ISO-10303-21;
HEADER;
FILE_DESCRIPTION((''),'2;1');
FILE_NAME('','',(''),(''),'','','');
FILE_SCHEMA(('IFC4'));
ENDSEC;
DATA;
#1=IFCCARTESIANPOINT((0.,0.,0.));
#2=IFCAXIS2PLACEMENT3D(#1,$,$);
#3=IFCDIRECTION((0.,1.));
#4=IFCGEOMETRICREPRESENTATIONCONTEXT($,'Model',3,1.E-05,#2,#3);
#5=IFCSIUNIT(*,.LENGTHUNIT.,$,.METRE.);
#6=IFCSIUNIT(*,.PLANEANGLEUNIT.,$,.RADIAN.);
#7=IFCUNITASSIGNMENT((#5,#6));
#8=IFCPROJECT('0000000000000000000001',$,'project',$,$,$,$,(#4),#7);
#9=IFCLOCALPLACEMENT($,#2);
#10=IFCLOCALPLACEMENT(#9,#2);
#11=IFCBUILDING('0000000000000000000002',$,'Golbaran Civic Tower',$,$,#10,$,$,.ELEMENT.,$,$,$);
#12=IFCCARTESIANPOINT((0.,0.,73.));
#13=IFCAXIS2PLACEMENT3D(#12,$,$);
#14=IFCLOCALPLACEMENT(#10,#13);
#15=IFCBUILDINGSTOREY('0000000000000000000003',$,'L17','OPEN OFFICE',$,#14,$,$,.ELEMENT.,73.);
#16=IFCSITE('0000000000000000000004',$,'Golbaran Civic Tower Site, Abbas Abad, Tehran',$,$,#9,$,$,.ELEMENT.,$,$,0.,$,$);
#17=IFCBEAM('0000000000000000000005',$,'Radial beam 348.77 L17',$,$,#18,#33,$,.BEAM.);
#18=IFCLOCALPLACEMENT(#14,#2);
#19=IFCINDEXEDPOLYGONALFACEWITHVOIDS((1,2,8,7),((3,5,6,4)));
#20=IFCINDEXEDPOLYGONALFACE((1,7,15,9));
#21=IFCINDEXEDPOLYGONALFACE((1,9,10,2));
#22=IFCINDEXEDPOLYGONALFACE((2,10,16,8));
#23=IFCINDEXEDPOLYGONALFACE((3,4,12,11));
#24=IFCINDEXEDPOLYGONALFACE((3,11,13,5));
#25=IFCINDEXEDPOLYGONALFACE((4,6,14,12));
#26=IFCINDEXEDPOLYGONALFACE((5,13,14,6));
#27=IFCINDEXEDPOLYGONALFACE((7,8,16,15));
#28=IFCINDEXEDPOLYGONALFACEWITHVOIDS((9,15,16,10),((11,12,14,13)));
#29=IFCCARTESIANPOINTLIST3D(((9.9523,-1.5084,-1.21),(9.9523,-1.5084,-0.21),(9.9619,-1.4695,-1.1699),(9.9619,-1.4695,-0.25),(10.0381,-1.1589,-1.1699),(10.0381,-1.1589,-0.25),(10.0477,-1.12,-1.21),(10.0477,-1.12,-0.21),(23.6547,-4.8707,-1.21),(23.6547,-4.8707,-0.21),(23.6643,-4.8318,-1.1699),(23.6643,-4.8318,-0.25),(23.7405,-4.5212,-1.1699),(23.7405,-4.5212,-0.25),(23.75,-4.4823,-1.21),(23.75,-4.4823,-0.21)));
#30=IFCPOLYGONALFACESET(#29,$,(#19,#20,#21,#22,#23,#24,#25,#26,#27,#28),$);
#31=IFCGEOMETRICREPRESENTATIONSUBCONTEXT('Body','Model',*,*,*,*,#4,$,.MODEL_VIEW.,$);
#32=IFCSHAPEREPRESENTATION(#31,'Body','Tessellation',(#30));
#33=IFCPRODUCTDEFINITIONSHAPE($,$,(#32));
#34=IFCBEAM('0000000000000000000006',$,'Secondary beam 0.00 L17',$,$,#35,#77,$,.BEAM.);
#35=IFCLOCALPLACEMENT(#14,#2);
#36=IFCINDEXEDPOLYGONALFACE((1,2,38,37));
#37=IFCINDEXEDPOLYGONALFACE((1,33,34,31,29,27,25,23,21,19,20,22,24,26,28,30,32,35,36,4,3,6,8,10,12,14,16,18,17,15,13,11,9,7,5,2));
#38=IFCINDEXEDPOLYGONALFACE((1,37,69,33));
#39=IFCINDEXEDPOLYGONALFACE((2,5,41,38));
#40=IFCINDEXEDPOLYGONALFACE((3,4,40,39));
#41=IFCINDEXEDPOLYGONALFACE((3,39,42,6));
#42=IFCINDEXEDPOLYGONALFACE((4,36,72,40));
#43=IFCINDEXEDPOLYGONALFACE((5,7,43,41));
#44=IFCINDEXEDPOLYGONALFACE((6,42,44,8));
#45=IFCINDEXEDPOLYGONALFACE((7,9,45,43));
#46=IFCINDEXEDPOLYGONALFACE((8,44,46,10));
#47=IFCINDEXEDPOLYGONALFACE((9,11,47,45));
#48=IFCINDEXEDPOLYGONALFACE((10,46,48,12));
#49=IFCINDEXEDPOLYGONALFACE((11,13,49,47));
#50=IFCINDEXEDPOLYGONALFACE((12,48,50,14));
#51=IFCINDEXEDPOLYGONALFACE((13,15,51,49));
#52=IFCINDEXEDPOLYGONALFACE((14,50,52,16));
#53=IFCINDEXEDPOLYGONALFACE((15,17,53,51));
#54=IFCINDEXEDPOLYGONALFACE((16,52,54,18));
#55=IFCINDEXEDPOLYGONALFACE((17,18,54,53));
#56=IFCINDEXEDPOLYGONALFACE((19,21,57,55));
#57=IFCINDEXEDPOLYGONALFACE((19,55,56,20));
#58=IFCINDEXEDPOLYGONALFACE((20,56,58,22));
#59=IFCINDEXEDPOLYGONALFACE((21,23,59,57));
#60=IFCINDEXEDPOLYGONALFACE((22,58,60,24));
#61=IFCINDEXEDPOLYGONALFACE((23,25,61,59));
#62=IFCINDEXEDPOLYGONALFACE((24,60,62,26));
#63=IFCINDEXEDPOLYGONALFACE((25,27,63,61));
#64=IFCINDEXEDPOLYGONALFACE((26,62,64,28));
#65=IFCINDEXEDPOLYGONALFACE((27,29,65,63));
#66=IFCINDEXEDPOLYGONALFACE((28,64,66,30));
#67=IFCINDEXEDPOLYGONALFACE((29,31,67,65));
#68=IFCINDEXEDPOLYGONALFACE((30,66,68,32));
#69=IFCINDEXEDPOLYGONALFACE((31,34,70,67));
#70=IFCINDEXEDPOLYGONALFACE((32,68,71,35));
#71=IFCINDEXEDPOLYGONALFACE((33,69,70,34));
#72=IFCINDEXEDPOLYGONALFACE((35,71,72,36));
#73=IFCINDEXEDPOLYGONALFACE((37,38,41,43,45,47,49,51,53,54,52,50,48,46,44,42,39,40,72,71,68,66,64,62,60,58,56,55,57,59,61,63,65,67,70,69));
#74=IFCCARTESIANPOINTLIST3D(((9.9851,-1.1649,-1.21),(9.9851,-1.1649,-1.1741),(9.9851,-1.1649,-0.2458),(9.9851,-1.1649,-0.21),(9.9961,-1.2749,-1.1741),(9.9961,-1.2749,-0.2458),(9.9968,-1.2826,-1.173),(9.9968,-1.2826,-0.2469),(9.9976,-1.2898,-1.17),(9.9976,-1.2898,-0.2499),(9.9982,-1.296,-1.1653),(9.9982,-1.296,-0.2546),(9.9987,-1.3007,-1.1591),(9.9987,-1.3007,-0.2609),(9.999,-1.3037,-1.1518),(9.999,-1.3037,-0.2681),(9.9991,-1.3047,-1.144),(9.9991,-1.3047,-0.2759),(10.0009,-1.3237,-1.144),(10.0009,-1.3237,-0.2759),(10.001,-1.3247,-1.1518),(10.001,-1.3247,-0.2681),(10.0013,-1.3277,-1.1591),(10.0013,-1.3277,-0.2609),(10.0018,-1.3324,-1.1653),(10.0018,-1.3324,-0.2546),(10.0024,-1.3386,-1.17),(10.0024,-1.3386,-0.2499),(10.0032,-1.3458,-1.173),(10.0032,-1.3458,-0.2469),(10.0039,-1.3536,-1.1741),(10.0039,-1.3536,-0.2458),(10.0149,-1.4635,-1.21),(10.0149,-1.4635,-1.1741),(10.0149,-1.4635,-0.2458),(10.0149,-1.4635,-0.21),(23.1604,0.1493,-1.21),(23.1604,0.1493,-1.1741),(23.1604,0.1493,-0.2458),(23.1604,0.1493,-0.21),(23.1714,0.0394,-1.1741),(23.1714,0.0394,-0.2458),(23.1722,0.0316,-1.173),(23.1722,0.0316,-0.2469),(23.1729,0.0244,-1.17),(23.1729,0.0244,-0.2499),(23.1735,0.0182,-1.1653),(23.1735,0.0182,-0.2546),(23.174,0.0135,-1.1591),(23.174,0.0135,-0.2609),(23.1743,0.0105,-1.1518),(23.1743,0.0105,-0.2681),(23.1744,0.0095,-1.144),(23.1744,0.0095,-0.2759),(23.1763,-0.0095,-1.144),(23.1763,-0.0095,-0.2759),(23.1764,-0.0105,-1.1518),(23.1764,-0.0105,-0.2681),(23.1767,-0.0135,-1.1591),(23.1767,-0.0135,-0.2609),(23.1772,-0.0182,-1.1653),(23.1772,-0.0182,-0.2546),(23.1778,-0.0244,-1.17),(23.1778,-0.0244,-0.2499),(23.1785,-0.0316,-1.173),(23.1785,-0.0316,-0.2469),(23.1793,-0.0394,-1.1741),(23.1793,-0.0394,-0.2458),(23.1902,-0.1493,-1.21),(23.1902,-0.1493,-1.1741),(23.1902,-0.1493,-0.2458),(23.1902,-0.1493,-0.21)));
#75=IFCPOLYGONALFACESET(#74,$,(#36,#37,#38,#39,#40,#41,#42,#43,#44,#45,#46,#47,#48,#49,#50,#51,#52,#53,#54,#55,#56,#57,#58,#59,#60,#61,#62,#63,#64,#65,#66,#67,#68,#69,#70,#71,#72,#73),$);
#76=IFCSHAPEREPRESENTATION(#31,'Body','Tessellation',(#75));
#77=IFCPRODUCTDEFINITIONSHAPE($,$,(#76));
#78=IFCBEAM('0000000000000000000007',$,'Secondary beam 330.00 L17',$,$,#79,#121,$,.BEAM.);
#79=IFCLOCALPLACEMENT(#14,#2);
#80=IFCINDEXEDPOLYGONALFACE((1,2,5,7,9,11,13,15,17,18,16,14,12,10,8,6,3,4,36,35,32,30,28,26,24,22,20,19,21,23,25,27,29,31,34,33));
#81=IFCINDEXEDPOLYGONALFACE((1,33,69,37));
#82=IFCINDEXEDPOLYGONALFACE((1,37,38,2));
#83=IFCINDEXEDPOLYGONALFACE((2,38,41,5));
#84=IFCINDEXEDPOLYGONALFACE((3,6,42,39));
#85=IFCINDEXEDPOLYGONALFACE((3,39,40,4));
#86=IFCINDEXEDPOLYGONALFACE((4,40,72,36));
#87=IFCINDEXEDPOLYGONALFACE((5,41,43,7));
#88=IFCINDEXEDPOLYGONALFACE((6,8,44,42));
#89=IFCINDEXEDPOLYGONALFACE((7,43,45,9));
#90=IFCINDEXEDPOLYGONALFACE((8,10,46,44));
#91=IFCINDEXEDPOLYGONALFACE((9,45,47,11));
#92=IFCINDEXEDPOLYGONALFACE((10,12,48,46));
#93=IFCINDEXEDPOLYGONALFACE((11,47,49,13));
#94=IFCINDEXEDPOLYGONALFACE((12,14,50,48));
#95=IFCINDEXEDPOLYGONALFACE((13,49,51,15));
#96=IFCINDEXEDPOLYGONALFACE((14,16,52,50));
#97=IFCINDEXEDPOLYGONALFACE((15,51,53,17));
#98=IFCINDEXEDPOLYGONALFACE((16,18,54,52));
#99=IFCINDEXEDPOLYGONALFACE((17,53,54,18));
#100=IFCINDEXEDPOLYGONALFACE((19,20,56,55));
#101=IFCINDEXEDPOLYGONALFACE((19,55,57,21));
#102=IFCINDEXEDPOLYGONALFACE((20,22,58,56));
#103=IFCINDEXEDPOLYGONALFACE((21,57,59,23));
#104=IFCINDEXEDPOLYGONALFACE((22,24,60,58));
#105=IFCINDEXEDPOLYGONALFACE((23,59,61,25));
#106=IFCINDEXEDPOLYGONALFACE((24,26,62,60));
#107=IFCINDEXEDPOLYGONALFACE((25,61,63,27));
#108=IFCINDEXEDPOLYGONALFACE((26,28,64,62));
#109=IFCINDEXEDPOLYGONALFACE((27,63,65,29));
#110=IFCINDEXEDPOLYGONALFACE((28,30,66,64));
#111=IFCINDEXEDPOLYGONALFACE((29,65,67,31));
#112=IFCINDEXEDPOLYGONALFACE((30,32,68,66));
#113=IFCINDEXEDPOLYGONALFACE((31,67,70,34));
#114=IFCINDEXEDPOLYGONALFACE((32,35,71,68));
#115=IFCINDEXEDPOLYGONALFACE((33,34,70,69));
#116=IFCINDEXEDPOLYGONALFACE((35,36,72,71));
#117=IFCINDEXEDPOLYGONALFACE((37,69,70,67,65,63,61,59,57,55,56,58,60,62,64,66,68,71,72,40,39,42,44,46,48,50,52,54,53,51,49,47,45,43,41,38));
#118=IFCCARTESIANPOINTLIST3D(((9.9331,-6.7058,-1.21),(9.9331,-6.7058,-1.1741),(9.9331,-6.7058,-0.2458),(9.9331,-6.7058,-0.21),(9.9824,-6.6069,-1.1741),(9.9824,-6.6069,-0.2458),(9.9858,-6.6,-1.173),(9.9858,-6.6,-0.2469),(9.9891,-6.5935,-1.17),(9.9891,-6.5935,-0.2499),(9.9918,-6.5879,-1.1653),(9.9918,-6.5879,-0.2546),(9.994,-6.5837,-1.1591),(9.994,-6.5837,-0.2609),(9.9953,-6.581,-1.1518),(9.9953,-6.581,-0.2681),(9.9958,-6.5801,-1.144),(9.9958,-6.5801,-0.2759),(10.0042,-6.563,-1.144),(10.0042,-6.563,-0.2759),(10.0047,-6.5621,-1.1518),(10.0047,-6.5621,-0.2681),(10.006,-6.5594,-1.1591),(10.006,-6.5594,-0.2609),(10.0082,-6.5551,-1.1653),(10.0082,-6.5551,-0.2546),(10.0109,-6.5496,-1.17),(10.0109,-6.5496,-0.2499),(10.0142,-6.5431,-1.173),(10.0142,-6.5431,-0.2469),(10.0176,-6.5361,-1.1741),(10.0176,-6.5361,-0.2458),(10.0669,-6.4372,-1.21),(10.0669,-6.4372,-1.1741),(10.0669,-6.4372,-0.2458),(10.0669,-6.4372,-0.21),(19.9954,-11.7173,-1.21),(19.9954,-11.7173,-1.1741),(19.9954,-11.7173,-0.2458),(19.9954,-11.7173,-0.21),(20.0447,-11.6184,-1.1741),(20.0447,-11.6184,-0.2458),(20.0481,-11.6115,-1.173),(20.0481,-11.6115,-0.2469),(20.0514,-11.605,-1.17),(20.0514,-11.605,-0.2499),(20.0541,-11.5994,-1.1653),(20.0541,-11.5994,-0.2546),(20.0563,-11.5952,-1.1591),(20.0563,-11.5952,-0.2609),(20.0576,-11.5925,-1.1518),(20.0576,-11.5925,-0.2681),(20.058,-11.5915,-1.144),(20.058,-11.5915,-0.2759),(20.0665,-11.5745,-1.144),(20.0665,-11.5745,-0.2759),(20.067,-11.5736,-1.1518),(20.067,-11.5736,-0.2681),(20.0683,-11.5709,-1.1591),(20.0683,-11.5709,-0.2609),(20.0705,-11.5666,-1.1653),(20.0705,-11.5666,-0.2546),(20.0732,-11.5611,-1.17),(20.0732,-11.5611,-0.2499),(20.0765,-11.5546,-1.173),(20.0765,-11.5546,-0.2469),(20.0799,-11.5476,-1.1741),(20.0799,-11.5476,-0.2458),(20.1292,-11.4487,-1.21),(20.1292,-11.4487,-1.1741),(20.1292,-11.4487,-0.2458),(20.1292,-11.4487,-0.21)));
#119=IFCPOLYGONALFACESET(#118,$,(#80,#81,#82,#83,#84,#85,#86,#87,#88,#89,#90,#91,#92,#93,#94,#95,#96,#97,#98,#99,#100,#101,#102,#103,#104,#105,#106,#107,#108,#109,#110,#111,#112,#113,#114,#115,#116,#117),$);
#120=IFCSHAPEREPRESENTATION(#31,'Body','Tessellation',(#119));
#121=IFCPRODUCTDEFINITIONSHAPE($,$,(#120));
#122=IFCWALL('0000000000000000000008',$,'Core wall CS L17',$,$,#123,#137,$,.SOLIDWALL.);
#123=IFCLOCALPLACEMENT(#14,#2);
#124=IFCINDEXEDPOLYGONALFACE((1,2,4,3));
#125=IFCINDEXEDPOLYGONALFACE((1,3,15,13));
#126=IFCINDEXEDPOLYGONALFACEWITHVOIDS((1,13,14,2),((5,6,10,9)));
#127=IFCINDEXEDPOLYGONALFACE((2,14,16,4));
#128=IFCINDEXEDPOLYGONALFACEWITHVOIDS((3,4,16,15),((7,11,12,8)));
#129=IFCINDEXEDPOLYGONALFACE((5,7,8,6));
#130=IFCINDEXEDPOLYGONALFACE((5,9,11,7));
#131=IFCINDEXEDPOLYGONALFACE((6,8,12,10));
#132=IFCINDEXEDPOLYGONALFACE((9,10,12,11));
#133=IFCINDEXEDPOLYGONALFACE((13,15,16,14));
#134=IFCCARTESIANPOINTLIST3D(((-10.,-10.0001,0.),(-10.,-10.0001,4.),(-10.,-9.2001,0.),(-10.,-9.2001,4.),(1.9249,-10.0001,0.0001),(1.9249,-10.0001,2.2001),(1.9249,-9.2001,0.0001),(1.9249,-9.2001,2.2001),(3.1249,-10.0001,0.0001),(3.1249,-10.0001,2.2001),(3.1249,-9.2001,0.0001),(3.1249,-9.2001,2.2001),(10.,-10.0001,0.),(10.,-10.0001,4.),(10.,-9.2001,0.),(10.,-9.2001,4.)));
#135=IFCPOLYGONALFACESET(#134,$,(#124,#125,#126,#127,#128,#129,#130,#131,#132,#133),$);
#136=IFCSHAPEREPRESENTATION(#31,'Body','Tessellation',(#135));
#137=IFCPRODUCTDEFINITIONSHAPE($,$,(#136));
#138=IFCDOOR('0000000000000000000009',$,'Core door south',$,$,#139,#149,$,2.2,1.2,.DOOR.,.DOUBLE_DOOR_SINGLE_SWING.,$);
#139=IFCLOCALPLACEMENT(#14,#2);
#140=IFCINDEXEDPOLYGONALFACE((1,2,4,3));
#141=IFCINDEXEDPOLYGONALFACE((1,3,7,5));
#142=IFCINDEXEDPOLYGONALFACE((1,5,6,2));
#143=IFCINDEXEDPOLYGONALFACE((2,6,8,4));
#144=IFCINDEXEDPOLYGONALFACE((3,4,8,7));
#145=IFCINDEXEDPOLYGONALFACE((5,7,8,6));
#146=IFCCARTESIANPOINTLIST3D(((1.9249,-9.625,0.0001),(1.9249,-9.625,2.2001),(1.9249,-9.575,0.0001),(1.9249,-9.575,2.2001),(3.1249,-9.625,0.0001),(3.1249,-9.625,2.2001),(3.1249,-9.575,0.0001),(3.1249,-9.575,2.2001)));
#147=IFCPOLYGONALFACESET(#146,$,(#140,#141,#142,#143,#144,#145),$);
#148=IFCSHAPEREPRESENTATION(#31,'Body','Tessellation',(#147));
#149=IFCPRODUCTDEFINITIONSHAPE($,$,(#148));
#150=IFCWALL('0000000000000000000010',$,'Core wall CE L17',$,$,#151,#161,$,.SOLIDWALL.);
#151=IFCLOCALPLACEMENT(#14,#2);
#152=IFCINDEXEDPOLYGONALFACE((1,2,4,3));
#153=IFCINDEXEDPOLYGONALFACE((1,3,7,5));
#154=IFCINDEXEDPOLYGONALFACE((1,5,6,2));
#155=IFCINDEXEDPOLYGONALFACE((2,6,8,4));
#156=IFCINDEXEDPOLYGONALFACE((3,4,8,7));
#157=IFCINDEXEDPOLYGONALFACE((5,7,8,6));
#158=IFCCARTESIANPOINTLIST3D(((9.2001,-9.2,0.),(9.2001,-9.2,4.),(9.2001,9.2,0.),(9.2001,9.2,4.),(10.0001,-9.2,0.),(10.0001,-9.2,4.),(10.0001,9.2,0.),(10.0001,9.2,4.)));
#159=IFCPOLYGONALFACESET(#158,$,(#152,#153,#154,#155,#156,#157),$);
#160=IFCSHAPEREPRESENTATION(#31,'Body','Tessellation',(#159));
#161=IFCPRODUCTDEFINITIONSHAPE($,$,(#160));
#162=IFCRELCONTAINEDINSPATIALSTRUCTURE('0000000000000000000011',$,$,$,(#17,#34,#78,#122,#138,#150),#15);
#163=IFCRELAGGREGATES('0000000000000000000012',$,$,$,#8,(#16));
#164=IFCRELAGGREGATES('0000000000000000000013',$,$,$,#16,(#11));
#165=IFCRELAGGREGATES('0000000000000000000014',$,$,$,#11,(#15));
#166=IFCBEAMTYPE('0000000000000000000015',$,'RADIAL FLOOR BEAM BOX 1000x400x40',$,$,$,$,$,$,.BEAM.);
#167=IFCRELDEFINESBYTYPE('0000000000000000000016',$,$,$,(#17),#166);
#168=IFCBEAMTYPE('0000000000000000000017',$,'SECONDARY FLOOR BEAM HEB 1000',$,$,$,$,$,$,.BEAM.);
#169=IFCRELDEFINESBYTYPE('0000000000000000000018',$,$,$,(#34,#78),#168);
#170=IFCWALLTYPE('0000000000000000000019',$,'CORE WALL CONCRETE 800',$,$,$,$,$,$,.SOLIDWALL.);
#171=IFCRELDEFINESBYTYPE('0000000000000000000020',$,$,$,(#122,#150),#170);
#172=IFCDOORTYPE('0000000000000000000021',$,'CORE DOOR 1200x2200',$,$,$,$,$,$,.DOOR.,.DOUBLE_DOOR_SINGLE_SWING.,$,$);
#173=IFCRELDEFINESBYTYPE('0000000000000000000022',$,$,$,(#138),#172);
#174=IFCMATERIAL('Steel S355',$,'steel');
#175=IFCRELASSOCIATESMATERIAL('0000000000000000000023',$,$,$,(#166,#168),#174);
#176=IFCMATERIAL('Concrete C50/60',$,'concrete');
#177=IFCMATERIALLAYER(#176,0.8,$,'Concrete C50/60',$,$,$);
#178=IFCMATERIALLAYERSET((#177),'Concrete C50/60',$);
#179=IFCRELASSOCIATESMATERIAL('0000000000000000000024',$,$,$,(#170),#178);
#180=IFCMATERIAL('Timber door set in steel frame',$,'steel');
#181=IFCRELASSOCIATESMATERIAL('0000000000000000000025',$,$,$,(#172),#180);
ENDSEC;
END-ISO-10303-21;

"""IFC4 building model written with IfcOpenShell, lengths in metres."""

from ifc_helpers import new_model, si_unit, direction, frame, frame_2d, origin, origin_2d, place, context, subcontext, project, spatial, rectangle, hollow_rectangle, i_section, extrude, material, layer, layer_set, material_profile, profile_set, type_object, element, fill, save


model = new_model("IFC4")

# Units and contexts
model_context = context("Model", 3, precision=1e-05, world=origin(), true_north=direction((0.0, 1.0)))
body_context = subcontext(model_context, "Body", "Model", "MODEL_VIEW")
ifc_project = project(units=[si_unit("LENGTHUNIT", "METRE"), si_unit("PLANEANGLEUNIT", "RADIAN")], contexts=[model_context])

# Site, building, storey
site_placement = place(None, origin())
site = spatial("IfcSite", under=ifc_project, at=site_placement, Name="Golbaran Civic Tower Site, Abbas Abad, Tehran", CompositionType="ELEMENT", RefElevation=0.0)
building_placement = place(site_placement, origin())
building = spatial("IfcBuilding", under=site, at=building_placement, Name="Golbaran Civic Tower", CompositionType="ELEMENT")
storey_placement = place(building_placement, frame((0.0, 0.0, 73.0)))
storey = spatial("IfcBuildingStorey", under=building, at=storey_placement, Name="L17", Description="OPEN OFFICE", CompositionType="ELEMENT", Elevation=73.0)

# Beams
ifc_material_1 = material(Name="Steel S355", Category="steel")
ifc_material_profile_1 = material_profile(ifc_material_1, hollow_rectangle(XDim=0.3999, YDim=1.0, WallThickness=0.04, at=origin_2d()), Name="BOX 1000x400x40")
ifc_profile_set_1 = profile_set([ifc_material_profile_1], Name="Steel S355")
beam_type_1 = type_object("IfcBeamType", Name="RADIAL FLOOR BEAM BOX 1000x400x40", PredefinedType="BEAM", material=ifc_profile_set_1)
beam_1_placement = place(storey_placement, frame((10.0, -1.3142, -0.71), z_axis=(0.971189, -0.238311, 0.0), x_axis=(0.238311, 0.971189, 0.0)))
element("IfcBeam", 1, at=beam_1_placement, inside=storey, type_object=beam_type_1, Name="Radial beam 348.77 L17", PredefinedType="BEAM", context=body_context, shape_type="SweptSolid", body=[
    extrude(hollow_rectangle(XDim=0.3999, YDim=1.0, WallThickness=0.04, at=origin_2d()), origin(), (0.0, 0.0, 1.0), 14.1089),
])
ifc_material_profile_2 = material_profile(ifc_material_1, i_section(OverallWidth=0.3, OverallDepth=1.0, WebThickness=0.019, FlangeThickness=0.0359, FilletRadius=0.03, at=origin_2d()), Name="HEB 1000")
ifc_profile_set_2 = profile_set([ifc_material_profile_2], Name="Steel S355")
beam_type_2 = type_object("IfcBeamType", Name="SECONDARY FLOOR BEAM HEB 1000", PredefinedType="BEAM", material=ifc_profile_set_2)
beam_2_placement = place(storey_placement, frame((10.0, -1.3142, -0.71), z_axis=(0.995062, 0.099255, 0.0), x_axis=(-0.099255, 0.995062, 0.0)))
element("IfcBeam", 2, at=beam_2_placement, inside=storey, type_object=beam_type_2, Name="Secondary beam 0.00 L17", PredefinedType="BEAM", context=body_context, shape_type="SweptSolid", body=[
    extrude(i_section(OverallWidth=0.3, OverallDepth=1.0, WebThickness=0.019, FlangeThickness=0.0359, FilletRadius=0.03, at=origin_2d()), origin(), (0.0, 0.0, 1.0), 13.2407),
])
beam_3_placement = place(storey_placement, frame((10.0, -6.5715, -0.71), z_axis=(0.895125, -0.445814, 0.0), x_axis=(0.445814, 0.895125, 0.0)))
element("IfcBeam", 3, at=beam_3_placement, inside=storey, type_object=beam_type_2, Name="Secondary beam 330.00 L17", PredefinedType="BEAM", context=body_context, shape_type="SweptSolid", body=[
    extrude(i_section(OverallWidth=0.3, OverallDepth=1.0, WebThickness=0.019, FlangeThickness=0.0359, FilletRadius=0.03, at=origin_2d()), origin(), (0.0, 0.0, 1.0), 11.2412),
])

# Wall, opening, door
ifc_material_2 = material(Name="Concrete C50/60", Category="concrete")
ifc_layer_1 = layer(ifc_material_2, 0.8, Name="Concrete C50/60")
ifc_layer_set_1 = layer_set([ifc_layer_1], Name="Concrete C50/60")
wall_type_1 = type_object("IfcWallType", Name="CORE WALL CONCRETE 800", PredefinedType="SOLIDWALL", material=ifc_layer_set_1)
wall_1_placement = place(storey_placement, frame((10.0, -9.6001, 0.0), z_axis=(0.0, 0.0, 1.0), x_axis=(-1.0, 0.0, 0.0)))
wall_1 = element("IfcWall", 4, at=wall_1_placement, inside=storey, type_object=wall_type_1, Name="Core wall CS L17", PredefinedType="SOLIDWALL", context=body_context, shape_type="SweptSolid", body=[
    extrude(rectangle(XDim=20.0, YDim=0.8, at=frame_2d((10.0, 0.0))), origin(), (0.0, 0.0, 1.0), 4.0),
])
opening_1_placement = place(wall_1_placement, frame((6.875, 0.0, 0.0)))
opening_1 = element("IfcOpeningElement", 5, at=opening_1_placement, cuts=wall_1, PredefinedType="OPENING", context=body_context, shape_type="SweptSolid", body=[
    extrude(rectangle(XDim=1.2, YDim=2.2, at=frame_2d((0.6001, 1.1001))), frame((0.0, 0.4099, 0.0), z_axis=(0.0, -1.0, 0.0), x_axis=(1.0, 0.0, 0.0)), (0.0, 0.0, 1.0), 0.8201),
])
ifc_material_3 = material(Name="Timber door set in steel frame", Category="steel")
door_type_1 = type_object("IfcDoorType", Name="CORE DOOR 1200x2200", OperationType="DOUBLE_DOOR_SINGLE_SWING", PredefinedType="DOOR", material=ifc_material_3)
door_1_placement = place(opening_1_placement, origin())
door_1 = element("IfcDoor", 6, at=door_1_placement, inside=storey, type_object=door_type_1, Name="Core door south", OperationType="DOUBLE_DOOR_SINGLE_SWING", OverallHeight=2.2, OverallWidth=1.2, PredefinedType="DOOR", context=body_context, shape_type="SweptSolid", body=[
    extrude(rectangle(XDim=1.2, YDim=2.2, at=frame_2d((0.6001, 1.1001))), frame((0.0, 0.0249, 0.0), z_axis=(0.0, -1.0, 0.0), x_axis=(1.0, 0.0, 0.0)), (0.0, 0.0, 1.0), 0.05),
])
fill(opening_1, door_1)

# Wall
wall_2_placement = place(storey_placement, frame((9.6001, -9.2, 0.0), z_axis=(0.0, 0.0, 1.0), x_axis=(0.0, 1.0, 0.0)))
element("IfcWall", 7, at=wall_2_placement, inside=storey, type_object=wall_type_1, Name="Core wall CE L17", PredefinedType="SOLIDWALL", context=body_context, shape_type="SweptSolid", body=[
    extrude(rectangle(XDim=18.3999, YDim=0.8, at=frame_2d((9.2, 0.0))), origin(), (0.0, 0.0, 1.0), 4.0),
])

save(model, "model.ifc")
